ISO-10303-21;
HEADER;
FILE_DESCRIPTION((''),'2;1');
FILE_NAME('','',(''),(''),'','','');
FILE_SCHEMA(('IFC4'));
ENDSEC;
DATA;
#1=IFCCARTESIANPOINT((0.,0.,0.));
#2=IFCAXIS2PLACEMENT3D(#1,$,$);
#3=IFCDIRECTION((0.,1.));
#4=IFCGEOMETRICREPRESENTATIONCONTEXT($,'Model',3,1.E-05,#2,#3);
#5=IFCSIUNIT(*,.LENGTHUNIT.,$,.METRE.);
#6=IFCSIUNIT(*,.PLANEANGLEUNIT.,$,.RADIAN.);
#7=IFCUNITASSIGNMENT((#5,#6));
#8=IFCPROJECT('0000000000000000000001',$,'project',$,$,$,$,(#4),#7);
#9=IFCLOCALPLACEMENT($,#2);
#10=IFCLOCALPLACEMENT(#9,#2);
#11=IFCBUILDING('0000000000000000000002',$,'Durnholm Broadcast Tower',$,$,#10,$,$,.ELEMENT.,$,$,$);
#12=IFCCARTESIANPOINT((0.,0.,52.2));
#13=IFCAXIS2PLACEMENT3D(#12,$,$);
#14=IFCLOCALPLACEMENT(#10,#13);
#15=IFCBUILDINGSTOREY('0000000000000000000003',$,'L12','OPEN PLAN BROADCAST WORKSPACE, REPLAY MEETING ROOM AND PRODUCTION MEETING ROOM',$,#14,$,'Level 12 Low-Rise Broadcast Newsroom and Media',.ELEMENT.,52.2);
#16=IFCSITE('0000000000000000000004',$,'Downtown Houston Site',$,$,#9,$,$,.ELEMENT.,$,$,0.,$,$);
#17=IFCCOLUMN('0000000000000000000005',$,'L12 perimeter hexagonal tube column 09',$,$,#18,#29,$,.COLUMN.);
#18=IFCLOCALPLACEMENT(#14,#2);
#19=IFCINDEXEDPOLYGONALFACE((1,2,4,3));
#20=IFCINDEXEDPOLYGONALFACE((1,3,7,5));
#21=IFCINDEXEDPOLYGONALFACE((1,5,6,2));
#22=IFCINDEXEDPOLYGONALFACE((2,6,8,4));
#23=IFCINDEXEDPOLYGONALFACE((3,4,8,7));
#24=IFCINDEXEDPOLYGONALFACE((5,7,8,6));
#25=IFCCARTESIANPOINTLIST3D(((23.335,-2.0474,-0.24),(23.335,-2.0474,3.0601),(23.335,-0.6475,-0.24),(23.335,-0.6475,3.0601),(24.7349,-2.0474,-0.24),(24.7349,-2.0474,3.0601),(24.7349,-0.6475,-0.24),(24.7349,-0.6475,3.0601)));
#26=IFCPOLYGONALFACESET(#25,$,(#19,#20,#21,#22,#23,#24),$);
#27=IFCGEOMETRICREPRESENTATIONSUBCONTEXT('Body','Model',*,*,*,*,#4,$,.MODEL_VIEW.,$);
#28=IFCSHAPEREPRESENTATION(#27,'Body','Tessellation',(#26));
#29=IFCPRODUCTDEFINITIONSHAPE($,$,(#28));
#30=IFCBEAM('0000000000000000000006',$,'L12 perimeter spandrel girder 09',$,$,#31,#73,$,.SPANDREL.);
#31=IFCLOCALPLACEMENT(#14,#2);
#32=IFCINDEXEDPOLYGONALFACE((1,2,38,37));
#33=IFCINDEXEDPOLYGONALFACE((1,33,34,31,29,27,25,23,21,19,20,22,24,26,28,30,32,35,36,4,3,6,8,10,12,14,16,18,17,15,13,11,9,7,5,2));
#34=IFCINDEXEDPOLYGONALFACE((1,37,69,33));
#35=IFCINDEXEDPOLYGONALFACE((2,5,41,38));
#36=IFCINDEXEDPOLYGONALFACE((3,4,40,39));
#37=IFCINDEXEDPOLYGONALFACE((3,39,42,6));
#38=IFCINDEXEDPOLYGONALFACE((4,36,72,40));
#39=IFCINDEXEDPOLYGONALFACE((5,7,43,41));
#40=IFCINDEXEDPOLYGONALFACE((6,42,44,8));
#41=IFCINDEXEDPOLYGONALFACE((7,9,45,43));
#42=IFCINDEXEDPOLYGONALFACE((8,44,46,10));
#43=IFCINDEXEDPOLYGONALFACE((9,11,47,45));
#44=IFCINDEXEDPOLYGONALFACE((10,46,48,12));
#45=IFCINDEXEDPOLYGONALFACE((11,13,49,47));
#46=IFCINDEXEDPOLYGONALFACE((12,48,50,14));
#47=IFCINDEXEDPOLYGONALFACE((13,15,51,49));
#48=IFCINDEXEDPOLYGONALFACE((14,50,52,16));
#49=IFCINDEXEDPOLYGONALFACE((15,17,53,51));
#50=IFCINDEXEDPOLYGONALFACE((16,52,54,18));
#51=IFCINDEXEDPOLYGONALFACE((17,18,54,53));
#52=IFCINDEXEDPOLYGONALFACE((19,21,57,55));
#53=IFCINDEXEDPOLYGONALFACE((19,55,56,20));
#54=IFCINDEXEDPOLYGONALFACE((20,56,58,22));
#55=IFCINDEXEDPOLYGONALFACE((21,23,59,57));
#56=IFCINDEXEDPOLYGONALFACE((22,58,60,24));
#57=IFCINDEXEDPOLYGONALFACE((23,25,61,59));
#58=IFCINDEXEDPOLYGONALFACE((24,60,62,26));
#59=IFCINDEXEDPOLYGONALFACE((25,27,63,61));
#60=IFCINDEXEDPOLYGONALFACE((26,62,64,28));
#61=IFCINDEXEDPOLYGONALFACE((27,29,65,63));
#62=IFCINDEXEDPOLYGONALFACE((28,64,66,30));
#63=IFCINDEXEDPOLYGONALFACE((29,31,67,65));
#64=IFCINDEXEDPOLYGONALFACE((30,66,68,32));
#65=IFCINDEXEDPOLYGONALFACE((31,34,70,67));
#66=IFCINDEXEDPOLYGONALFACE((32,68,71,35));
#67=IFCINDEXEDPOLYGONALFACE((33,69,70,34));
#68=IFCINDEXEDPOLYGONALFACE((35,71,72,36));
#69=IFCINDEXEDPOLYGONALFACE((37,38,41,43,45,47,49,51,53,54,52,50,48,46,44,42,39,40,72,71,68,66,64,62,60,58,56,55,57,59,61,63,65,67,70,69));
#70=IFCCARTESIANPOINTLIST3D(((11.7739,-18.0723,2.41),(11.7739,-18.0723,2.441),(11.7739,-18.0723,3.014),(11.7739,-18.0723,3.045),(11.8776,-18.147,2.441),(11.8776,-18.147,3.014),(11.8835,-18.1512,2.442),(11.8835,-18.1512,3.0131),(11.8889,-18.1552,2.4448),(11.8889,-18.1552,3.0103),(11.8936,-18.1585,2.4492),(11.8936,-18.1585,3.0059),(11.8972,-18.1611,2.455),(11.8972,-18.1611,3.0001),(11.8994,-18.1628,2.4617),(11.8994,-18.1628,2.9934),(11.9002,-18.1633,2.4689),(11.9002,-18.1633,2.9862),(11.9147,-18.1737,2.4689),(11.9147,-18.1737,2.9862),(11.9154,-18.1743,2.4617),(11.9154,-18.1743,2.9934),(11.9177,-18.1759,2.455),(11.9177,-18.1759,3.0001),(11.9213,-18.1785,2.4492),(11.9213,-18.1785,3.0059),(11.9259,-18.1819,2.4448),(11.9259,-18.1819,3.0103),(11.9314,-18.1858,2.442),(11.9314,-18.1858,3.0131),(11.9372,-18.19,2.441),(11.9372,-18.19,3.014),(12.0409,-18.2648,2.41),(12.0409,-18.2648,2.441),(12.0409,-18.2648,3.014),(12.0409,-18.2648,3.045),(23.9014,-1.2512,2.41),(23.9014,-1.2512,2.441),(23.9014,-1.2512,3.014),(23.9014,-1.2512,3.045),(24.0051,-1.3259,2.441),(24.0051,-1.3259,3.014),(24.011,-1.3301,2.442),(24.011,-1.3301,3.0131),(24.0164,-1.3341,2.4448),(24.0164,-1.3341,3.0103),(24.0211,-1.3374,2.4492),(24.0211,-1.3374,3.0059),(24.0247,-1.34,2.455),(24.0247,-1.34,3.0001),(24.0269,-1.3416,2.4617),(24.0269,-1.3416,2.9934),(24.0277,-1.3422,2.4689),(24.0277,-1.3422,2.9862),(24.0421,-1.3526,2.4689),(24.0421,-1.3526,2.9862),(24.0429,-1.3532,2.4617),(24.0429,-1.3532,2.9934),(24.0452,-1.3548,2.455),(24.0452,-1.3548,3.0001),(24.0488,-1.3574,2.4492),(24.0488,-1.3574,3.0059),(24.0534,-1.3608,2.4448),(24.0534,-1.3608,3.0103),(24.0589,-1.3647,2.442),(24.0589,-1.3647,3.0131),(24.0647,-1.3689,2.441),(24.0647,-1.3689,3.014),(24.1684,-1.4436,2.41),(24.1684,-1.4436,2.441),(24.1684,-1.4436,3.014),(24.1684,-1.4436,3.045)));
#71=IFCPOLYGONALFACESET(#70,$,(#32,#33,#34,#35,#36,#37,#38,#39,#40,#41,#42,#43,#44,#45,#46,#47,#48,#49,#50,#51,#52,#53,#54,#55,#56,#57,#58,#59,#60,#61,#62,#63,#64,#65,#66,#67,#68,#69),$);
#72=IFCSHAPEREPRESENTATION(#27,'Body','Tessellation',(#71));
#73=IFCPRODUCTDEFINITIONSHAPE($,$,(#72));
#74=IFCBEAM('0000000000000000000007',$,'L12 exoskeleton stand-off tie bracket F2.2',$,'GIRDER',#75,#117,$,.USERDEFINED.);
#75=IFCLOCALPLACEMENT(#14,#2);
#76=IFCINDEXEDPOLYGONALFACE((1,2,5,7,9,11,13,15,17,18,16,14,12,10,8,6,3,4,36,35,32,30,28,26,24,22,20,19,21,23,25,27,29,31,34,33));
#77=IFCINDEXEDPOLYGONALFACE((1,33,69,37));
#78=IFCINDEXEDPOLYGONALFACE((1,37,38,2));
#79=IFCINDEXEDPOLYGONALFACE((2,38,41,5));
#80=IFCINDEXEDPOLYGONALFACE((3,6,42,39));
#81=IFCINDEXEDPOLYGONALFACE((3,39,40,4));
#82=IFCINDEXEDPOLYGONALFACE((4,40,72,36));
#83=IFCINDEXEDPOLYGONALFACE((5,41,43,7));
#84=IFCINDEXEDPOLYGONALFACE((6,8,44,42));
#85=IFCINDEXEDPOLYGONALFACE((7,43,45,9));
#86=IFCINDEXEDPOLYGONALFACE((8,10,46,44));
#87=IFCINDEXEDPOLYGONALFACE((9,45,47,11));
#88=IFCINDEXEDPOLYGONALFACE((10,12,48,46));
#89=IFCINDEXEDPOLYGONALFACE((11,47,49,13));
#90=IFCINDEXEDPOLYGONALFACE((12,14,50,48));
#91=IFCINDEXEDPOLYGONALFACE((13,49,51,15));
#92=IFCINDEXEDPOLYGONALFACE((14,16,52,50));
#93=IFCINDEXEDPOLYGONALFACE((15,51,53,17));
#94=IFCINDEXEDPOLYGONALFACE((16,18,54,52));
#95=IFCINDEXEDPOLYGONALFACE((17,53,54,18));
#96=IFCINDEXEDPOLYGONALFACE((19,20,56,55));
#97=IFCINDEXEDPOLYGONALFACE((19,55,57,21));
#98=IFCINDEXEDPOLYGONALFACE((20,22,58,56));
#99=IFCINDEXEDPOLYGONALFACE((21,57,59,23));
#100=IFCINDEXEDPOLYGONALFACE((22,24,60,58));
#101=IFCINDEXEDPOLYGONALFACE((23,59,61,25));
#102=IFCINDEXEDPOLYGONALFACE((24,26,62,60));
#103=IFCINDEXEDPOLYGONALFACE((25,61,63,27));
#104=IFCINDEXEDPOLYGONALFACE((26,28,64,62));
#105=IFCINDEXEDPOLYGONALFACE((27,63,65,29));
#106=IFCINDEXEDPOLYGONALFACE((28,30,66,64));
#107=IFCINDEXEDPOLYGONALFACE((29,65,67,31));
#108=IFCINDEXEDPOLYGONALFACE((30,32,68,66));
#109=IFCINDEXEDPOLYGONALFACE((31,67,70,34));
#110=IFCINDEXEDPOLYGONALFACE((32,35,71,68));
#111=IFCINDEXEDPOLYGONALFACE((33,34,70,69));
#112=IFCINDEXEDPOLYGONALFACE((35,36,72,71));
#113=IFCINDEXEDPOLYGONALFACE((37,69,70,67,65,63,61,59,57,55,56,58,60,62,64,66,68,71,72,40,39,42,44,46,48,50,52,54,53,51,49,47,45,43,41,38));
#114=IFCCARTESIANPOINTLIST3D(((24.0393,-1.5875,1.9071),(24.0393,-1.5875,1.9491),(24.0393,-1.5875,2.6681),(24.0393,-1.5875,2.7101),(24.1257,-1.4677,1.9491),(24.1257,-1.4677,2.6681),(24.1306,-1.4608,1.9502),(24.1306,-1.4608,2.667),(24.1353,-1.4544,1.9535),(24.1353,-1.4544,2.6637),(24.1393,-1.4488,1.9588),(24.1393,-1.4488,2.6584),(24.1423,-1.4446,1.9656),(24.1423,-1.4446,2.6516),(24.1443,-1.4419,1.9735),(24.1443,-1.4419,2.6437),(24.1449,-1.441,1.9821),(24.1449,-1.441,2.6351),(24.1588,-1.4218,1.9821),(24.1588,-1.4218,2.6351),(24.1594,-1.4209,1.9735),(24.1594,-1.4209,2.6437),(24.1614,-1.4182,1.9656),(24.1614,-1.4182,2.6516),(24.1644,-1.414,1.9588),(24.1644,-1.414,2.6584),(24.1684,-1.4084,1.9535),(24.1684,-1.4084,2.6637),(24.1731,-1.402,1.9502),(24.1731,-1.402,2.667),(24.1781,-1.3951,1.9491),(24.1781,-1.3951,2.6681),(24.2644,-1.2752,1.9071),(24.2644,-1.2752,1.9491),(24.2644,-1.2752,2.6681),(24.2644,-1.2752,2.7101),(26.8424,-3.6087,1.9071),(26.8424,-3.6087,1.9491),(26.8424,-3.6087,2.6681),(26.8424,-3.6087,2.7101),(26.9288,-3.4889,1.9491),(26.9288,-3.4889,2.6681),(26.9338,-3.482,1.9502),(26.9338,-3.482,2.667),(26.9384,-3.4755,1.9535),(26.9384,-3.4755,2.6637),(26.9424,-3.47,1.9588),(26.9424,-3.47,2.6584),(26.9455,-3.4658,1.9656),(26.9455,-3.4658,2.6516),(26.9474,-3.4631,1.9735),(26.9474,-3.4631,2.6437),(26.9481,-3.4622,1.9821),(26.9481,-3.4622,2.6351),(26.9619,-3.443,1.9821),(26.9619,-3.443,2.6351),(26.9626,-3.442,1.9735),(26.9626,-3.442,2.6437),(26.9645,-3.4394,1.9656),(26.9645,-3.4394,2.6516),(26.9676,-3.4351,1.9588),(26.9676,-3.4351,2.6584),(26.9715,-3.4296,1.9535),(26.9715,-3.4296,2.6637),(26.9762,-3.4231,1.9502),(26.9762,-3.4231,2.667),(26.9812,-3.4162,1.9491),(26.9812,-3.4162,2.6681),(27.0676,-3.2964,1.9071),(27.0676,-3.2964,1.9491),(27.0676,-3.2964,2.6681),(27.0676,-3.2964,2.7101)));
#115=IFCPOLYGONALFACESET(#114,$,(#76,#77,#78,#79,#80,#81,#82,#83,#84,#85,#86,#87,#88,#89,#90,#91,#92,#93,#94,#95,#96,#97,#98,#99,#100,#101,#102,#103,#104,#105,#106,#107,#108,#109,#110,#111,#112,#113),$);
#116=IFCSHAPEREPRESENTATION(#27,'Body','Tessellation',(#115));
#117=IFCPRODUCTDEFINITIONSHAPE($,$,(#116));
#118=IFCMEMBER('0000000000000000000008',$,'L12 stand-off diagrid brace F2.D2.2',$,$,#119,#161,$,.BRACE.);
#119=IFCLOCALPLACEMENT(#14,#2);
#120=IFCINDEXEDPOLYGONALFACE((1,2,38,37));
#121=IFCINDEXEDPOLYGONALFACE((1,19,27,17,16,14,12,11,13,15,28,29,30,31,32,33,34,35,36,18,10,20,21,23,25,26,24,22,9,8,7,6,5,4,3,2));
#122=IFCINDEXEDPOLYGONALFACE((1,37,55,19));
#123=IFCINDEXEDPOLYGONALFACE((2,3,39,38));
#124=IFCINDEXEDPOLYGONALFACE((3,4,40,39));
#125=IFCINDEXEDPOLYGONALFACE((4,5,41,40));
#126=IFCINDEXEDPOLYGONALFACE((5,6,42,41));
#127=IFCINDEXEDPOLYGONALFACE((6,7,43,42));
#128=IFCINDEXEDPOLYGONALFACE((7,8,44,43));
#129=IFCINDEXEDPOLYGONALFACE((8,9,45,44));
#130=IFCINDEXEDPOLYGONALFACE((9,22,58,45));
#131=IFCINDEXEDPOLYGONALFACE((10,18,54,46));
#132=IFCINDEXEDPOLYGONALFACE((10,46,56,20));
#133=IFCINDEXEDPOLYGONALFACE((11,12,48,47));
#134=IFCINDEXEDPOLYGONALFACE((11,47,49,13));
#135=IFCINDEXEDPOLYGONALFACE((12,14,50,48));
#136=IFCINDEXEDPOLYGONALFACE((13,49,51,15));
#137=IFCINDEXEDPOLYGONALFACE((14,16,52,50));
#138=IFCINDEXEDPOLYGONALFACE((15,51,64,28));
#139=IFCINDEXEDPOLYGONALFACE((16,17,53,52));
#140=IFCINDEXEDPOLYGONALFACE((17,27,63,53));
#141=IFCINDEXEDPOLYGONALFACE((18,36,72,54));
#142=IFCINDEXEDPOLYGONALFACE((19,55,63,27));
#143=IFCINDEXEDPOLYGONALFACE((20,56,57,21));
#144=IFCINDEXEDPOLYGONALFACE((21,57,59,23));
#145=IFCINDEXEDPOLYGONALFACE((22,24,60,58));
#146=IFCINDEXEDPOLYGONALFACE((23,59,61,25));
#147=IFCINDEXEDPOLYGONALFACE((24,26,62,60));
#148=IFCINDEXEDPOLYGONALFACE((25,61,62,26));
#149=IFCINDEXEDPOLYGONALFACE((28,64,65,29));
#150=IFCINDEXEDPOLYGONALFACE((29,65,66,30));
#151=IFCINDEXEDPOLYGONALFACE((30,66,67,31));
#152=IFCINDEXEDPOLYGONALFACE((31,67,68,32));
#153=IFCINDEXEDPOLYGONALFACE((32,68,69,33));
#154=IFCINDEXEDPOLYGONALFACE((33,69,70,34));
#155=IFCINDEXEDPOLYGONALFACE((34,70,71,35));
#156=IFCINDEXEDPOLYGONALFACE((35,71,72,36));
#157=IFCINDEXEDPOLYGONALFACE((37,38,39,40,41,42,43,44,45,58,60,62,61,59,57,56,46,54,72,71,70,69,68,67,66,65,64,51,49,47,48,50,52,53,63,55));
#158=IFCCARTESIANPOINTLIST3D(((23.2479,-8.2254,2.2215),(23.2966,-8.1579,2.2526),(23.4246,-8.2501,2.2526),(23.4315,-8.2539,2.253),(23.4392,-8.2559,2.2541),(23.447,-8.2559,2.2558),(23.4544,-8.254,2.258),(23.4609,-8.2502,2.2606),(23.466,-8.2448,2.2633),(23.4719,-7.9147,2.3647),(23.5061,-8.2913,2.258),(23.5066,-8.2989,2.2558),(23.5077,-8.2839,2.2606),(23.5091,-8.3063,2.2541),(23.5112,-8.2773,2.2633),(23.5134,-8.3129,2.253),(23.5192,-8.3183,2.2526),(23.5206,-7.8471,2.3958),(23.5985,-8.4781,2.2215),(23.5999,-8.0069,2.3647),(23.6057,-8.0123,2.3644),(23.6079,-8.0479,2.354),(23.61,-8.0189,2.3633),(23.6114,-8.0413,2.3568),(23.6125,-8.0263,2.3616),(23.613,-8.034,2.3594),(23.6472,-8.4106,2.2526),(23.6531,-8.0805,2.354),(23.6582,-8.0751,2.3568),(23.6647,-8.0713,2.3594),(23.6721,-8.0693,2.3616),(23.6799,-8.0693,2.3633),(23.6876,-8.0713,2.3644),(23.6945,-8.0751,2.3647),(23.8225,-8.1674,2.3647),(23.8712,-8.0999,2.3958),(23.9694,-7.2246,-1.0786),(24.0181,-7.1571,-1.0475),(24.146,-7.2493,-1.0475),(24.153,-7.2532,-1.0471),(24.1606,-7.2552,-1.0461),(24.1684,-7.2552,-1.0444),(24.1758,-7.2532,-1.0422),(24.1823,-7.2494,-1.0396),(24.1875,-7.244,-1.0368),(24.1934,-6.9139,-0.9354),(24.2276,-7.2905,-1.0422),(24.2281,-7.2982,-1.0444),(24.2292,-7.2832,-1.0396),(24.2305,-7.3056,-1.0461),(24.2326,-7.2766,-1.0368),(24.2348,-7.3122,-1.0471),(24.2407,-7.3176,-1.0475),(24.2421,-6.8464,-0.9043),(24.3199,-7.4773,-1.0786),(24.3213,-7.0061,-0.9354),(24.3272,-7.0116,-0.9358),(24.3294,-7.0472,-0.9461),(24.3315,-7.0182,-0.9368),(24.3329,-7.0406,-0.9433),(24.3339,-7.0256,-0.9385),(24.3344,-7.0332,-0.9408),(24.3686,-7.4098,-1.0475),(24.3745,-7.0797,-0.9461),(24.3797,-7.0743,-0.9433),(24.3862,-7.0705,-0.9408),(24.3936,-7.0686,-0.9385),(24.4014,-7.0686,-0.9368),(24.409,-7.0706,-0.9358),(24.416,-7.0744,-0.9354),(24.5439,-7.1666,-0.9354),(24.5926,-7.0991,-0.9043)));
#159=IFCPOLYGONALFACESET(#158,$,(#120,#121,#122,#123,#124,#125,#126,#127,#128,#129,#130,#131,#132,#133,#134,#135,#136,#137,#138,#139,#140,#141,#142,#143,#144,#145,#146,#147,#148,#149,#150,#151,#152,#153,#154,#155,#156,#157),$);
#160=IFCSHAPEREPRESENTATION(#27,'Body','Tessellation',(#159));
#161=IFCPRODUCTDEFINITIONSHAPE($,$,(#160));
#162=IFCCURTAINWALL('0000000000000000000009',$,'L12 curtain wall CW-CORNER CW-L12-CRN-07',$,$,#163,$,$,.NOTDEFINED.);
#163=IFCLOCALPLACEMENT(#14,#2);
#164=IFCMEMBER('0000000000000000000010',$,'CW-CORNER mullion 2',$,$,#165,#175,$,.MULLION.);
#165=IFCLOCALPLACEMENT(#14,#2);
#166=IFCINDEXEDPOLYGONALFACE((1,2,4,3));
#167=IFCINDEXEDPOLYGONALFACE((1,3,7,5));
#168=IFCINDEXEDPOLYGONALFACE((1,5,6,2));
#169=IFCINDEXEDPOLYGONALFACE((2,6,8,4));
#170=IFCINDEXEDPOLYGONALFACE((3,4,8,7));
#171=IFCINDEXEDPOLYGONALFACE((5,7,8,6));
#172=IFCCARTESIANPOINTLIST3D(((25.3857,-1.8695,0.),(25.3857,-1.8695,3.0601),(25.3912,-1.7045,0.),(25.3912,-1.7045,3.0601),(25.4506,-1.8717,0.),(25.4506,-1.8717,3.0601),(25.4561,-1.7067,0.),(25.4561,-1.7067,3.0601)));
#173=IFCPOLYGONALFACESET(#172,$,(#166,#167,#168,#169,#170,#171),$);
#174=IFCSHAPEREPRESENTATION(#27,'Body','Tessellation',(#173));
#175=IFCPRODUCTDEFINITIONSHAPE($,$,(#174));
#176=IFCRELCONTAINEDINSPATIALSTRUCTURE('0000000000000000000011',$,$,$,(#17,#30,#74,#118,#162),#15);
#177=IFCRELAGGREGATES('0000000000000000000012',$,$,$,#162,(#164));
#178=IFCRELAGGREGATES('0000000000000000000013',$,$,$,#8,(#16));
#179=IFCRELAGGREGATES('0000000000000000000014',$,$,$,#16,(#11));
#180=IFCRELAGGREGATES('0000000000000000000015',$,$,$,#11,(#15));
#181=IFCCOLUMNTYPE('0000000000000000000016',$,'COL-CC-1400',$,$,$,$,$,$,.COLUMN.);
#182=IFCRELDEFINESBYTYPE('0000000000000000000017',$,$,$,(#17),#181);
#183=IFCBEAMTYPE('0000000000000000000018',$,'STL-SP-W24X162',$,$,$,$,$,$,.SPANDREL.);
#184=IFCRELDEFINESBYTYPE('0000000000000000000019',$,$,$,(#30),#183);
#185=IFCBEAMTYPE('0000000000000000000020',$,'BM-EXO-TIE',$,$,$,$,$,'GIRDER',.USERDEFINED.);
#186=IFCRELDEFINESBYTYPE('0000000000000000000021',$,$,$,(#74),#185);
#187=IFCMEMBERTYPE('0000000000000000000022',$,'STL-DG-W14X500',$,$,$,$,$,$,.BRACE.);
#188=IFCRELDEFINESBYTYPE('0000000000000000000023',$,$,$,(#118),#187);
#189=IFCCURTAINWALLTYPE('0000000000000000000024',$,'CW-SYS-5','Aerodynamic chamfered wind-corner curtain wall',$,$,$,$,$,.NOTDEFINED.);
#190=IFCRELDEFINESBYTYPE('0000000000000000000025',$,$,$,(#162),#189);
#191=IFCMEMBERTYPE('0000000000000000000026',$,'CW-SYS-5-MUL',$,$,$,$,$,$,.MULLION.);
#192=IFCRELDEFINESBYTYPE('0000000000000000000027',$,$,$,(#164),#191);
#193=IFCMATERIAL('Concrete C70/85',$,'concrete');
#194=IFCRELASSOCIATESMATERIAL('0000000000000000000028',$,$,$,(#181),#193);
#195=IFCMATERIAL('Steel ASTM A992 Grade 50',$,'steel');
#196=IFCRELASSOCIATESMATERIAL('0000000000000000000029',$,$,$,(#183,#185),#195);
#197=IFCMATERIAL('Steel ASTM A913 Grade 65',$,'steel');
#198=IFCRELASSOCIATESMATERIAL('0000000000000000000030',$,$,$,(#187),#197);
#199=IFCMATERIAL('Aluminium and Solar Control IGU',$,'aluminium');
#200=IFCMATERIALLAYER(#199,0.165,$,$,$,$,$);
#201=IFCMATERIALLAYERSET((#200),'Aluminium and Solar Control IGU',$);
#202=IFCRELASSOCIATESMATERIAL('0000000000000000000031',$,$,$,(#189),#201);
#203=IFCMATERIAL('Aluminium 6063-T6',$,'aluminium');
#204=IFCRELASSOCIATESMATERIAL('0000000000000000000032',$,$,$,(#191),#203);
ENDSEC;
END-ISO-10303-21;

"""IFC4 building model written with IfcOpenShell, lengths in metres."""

from ifc_helpers import new_model, si_unit, direction, frame, origin, origin_2d, place, context, subcontext, project, spatial, rectangle, i_section, extrude, source, transform, mapped, material, layer, layer_set, material_profile, profile_set, type_object, type_shapes, element, aggregate, save


model = new_model("IFC4")

# Units and contexts
model_context = context("Model", 3, precision=1e-05, world=origin(), true_north=direction((0.0, 1.0)))
body_context = subcontext(model_context, "Body", "Model", "MODEL_VIEW")
ifc_project = project(units=[si_unit("LENGTHUNIT", "METRE"), si_unit("PLANEANGLEUNIT", "RADIAN")], contexts=[model_context])

# Site, building, storey
site_placement = place(None, origin())
site = spatial("IfcSite", under=ifc_project, at=site_placement, Name="Downtown Houston Site", CompositionType="ELEMENT", RefElevation=0.0)
building_placement = place(site_placement, origin())
building = spatial("IfcBuilding", under=site, at=building_placement, Name="Durnholm Broadcast Tower", CompositionType="ELEMENT")
storey_placement = place(building_placement, frame((0.0, 0.0, 52.2)))
storey = spatial("IfcBuildingStorey", under=building, at=storey_placement, Name="L12", Description="OPEN PLAN BROADCAST WORKSPACE, REPLAY MEETING ROOM AND PRODUCTION MEETING ROOM", LongName="Level 12 Low-Rise Broadcast Newsroom and Media", CompositionType="ELEMENT", Elevation=52.2)

# Column
ifc_material_1 = material(Name="Concrete C70/85", Category="concrete")
ifc_material_profile_1 = material_profile(ifc_material_1, rectangle(XDim=1.3999, YDim=1.3999, at=origin_2d()), Name="RC1400X1400")
ifc_profile_set_1 = profile_set([ifc_material_profile_1], Name="Concrete C70/85")
column_type = type_object("IfcColumnType", Name="COL-CC-1400", PredefinedType="COLUMN", material=ifc_profile_set_1)
shared_shape_1 = source(origin(), body_context, "Body", "SweptSolid", [
    extrude(rectangle(XDim=1.3999, YDim=1.3999, at=origin_2d()), origin(), (0.0, 0.0, 1.0), 3.3),
])
type_shapes(column_type, [shared_shape_1])
column_placement = place(storey_placement, frame((24.0349, -1.3474, -0.24), z_axis=(0.0, 0.0, 1.0), x_axis=(1.0, 0.0, 0.0)))
element("IfcColumn", 1, at=column_placement, inside=storey, type_object=column_type, Name="L12 perimeter hexagonal tube column 09", PredefinedType="COLUMN", context=body_context, shape_type="MappedRepresentation", body=[
    mapped(shared_shape_1, transform((0.0, 0.0, 0.0), x_axis=(1.0, 0.0, 0.0), y_axis=(0.0, 1.0, 0.0), z_axis=(0.0, 0.0, 1.0), scale=1.0)),
])

# Beams
ifc_material_2 = material(Name="Steel ASTM A992 Grade 50", Category="steel")
ifc_material_profile_2 = material_profile(ifc_material_2, i_section(OverallWidth=0.3291, OverallDepth=0.635, WebThickness=0.0178, FlangeThickness=0.031, FilletRadius=0.0278, at=origin_2d()), Name="W24X162")
ifc_profile_set_2 = profile_set([ifc_material_profile_2], Name="Steel ASTM A992 Grade 50")
beam_type_1 = type_object("IfcBeamType", Name="STL-SP-W24X162", PredefinedType="SPANDREL", material=ifc_profile_set_2)
shared_shape_2 = source(origin(), body_context, "Body", "SweptSolid", [
    extrude(i_section(OverallWidth=0.3291, OverallDepth=0.635, WebThickness=0.0178, FlangeThickness=0.031, FilletRadius=0.0278, at=origin_2d()), origin(), (0.0, 0.0, 1.0), 20.7371),
])
type_shapes(beam_type_1, [shared_shape_2])
beam_1_placement = place(storey_placement, frame((24.0349, -1.3474, 2.7275), z_axis=(-0.584822, -0.811162, 0.0), x_axis=(0.811162, -0.584822, 0.0)))
element("IfcBeam", 2, at=beam_1_placement, inside=storey, type_object=beam_type_1, Name="L12 perimeter spandrel girder 09", PredefinedType="SPANDREL", context=body_context, shape_type="MappedRepresentation", body=[
    mapped(shared_shape_2, transform((0.0, 0.0, 0.0), x_axis=(1.0, 0.0, 0.0), y_axis=(0.0, 1.0, 0.0), z_axis=(0.0, 0.0, 1.0), scale=1.0)),
])
ifc_material_profile_3 = material_profile(ifc_material_2, i_section(OverallWidth=0.385, OverallDepth=0.803, WebThickness=0.0237, FlangeThickness=0.042, FilletRadius=0.033, at=origin_2d()), Name="W30X261")
ifc_profile_set_3 = profile_set([ifc_material_profile_3], Name="Steel ASTM A992 Grade 50")
beam_type_2 = type_object("IfcBeamType", Name="BM-EXO-TIE", ElementType="GIRDER", PredefinedType="USERDEFINED", material=ifc_profile_set_3)
shared_shape_3 = source(origin(), body_context, "Body", "SweptSolid", [
    extrude(i_section(OverallWidth=0.385, OverallDepth=0.803, WebThickness=0.0237, FlangeThickness=0.042, FilletRadius=0.033, at=origin_2d()), origin(), (0.0, 0.0, 1.0), 3.4558),
])
type_shapes(beam_type_2, [shared_shape_3])
beam_2_placement = place(storey_placement, frame((24.1519, -1.4314, 2.3086), z_axis=(0.811134, -0.584861, 0.0), x_axis=(0.584861, 0.811134, 0.0)))
element("IfcBeam", 3, at=beam_2_placement, inside=storey, type_object=beam_type_2, Name="L12 exoskeleton stand-off tie bracket F2.2", ObjectType="GIRDER", PredefinedType="USERDEFINED", context=body_context, shape_type="MappedRepresentation", body=[
    mapped(shared_shape_3, transform((0.0, 0.0, 0.0), x_axis=(1.0, 0.0, 0.0), y_axis=(0.0, 1.0, 0.0), z_axis=(0.0, 0.0, 1.0), scale=1.0)),
])

# Member
ifc_material_3 = material(Name="Steel ASTM A913 Grade 65", Category="steel")
ifc_material_profile_4 = material_profile(ifc_material_3, i_section(OverallWidth=0.4321, OverallDepth=0.4978, WebThickness=0.0557, FlangeThickness=0.0889, FilletRadius=0.0305, at=origin_2d()), Name="W14X500")
ifc_profile_set_4 = profile_set([ifc_material_profile_4], Name="Steel ASTM A913 Grade 65")
member_type_1 = type_object("IfcMemberType", Name="STL-DG-W14X500", PredefinedType="BRACE", material=ifc_profile_set_4)
shared_shape_4 = source(origin(), body_context, "Body", "SweptSolid", [
    extrude(i_section(OverallWidth=0.4321, OverallDepth=0.4978, WebThickness=0.0557, FlangeThickness=0.0889, FilletRadius=0.0305, at=origin_2d()), origin(), (0.0, 0.0, 1.0), 3.5232),
])
type_shapes(member_type_1, [shared_shape_4])
member_1_placement = place(storey_placement, frame((24.281, -7.1619, -0.9915), z_axis=(-0.204773, -0.284049, 0.936688), x_axis=(0.811185, -0.584789, 0.0)))
element("IfcMember", 4, at=member_1_placement, inside=storey, type_object=member_type_1, Name="L12 stand-off diagrid brace F2.D2.2", PredefinedType="BRACE", context=body_context, shape_type="MappedRepresentation", body=[
    mapped(shared_shape_4, transform((0.0, 0.0, 0.0), x_axis=(1.0, 0.0, 0.0), y_axis=(0.0, 1.0, 0.0), z_axis=(0.0, 0.0, 1.0), scale=1.0)),
])

# Curtain wall, member
ifc_material_4 = material(Name="Aluminium and Solar Control IGU", Category="aluminium")
ifc_layer_1 = layer(ifc_material_4, 0.165)
ifc_layer_set_1 = layer_set([ifc_layer_1], Name="Aluminium and Solar Control IGU")
curtain_wall_type_1 = type_object("IfcCurtainWallType", Name="CW-SYS-5", Description="Aerodynamic chamfered wind-corner curtain wall", PredefinedType="NOTDEFINED", material=ifc_layer_set_1)
curtain_wall_1_placement = place(storey_placement, origin())
curtain_wall_1 = element("IfcCurtainWall", 5, at=curtain_wall_1_placement, inside=storey, type_object=curtain_wall_type_1, Name="L12 curtain wall CW-CORNER CW-L12-CRN-07", PredefinedType="NOTDEFINED")
ifc_material_5 = material(Name="Aluminium 6063-T6", Category="aluminium")
ifc_material_profile_5 = material_profile(ifc_material_5, rectangle(XDim=0.0649, YDim=0.165, at=origin_2d()), Name="CWM65X165")
ifc_profile_set_5 = profile_set([ifc_material_profile_5], Name="Aluminium 6063-T6")
member_type_2 = type_object("IfcMemberType", Name="CW-SYS-5-MUL", PredefinedType="MULLION", material=ifc_profile_set_5)
shared_shape_5 = source(origin(), body_context, "Body", "SweptSolid", [
    extrude(rectangle(XDim=0.0649, YDim=0.165, at=origin_2d()), origin(), (0.0, 0.0, 1.0), 3.0601),
])
type_shapes(member_type_2, [shared_shape_5])
member_2_placement = place(storey_placement, frame((25.4209, -1.7881, 0.0), z_axis=(0.0, 0.0, 1.0), x_axis=(0.999427, -0.03384, 0.0)))
member_2 = element("IfcMember", 6, at=member_2_placement, type_object=member_type_2, Name="CW-CORNER mullion 2", PredefinedType="MULLION", context=body_context, shape_type="MappedRepresentation", body=[
    mapped(shared_shape_5, transform((0.0, 0.0, 0.0), x_axis=(1.0, 0.0, 0.0), y_axis=(0.0, 1.0, 0.0), z_axis=(0.0, 0.0, 1.0), scale=1.0)),
])

aggregate(curtain_wall_1, [member_2])

save(model, "model.ifc")
